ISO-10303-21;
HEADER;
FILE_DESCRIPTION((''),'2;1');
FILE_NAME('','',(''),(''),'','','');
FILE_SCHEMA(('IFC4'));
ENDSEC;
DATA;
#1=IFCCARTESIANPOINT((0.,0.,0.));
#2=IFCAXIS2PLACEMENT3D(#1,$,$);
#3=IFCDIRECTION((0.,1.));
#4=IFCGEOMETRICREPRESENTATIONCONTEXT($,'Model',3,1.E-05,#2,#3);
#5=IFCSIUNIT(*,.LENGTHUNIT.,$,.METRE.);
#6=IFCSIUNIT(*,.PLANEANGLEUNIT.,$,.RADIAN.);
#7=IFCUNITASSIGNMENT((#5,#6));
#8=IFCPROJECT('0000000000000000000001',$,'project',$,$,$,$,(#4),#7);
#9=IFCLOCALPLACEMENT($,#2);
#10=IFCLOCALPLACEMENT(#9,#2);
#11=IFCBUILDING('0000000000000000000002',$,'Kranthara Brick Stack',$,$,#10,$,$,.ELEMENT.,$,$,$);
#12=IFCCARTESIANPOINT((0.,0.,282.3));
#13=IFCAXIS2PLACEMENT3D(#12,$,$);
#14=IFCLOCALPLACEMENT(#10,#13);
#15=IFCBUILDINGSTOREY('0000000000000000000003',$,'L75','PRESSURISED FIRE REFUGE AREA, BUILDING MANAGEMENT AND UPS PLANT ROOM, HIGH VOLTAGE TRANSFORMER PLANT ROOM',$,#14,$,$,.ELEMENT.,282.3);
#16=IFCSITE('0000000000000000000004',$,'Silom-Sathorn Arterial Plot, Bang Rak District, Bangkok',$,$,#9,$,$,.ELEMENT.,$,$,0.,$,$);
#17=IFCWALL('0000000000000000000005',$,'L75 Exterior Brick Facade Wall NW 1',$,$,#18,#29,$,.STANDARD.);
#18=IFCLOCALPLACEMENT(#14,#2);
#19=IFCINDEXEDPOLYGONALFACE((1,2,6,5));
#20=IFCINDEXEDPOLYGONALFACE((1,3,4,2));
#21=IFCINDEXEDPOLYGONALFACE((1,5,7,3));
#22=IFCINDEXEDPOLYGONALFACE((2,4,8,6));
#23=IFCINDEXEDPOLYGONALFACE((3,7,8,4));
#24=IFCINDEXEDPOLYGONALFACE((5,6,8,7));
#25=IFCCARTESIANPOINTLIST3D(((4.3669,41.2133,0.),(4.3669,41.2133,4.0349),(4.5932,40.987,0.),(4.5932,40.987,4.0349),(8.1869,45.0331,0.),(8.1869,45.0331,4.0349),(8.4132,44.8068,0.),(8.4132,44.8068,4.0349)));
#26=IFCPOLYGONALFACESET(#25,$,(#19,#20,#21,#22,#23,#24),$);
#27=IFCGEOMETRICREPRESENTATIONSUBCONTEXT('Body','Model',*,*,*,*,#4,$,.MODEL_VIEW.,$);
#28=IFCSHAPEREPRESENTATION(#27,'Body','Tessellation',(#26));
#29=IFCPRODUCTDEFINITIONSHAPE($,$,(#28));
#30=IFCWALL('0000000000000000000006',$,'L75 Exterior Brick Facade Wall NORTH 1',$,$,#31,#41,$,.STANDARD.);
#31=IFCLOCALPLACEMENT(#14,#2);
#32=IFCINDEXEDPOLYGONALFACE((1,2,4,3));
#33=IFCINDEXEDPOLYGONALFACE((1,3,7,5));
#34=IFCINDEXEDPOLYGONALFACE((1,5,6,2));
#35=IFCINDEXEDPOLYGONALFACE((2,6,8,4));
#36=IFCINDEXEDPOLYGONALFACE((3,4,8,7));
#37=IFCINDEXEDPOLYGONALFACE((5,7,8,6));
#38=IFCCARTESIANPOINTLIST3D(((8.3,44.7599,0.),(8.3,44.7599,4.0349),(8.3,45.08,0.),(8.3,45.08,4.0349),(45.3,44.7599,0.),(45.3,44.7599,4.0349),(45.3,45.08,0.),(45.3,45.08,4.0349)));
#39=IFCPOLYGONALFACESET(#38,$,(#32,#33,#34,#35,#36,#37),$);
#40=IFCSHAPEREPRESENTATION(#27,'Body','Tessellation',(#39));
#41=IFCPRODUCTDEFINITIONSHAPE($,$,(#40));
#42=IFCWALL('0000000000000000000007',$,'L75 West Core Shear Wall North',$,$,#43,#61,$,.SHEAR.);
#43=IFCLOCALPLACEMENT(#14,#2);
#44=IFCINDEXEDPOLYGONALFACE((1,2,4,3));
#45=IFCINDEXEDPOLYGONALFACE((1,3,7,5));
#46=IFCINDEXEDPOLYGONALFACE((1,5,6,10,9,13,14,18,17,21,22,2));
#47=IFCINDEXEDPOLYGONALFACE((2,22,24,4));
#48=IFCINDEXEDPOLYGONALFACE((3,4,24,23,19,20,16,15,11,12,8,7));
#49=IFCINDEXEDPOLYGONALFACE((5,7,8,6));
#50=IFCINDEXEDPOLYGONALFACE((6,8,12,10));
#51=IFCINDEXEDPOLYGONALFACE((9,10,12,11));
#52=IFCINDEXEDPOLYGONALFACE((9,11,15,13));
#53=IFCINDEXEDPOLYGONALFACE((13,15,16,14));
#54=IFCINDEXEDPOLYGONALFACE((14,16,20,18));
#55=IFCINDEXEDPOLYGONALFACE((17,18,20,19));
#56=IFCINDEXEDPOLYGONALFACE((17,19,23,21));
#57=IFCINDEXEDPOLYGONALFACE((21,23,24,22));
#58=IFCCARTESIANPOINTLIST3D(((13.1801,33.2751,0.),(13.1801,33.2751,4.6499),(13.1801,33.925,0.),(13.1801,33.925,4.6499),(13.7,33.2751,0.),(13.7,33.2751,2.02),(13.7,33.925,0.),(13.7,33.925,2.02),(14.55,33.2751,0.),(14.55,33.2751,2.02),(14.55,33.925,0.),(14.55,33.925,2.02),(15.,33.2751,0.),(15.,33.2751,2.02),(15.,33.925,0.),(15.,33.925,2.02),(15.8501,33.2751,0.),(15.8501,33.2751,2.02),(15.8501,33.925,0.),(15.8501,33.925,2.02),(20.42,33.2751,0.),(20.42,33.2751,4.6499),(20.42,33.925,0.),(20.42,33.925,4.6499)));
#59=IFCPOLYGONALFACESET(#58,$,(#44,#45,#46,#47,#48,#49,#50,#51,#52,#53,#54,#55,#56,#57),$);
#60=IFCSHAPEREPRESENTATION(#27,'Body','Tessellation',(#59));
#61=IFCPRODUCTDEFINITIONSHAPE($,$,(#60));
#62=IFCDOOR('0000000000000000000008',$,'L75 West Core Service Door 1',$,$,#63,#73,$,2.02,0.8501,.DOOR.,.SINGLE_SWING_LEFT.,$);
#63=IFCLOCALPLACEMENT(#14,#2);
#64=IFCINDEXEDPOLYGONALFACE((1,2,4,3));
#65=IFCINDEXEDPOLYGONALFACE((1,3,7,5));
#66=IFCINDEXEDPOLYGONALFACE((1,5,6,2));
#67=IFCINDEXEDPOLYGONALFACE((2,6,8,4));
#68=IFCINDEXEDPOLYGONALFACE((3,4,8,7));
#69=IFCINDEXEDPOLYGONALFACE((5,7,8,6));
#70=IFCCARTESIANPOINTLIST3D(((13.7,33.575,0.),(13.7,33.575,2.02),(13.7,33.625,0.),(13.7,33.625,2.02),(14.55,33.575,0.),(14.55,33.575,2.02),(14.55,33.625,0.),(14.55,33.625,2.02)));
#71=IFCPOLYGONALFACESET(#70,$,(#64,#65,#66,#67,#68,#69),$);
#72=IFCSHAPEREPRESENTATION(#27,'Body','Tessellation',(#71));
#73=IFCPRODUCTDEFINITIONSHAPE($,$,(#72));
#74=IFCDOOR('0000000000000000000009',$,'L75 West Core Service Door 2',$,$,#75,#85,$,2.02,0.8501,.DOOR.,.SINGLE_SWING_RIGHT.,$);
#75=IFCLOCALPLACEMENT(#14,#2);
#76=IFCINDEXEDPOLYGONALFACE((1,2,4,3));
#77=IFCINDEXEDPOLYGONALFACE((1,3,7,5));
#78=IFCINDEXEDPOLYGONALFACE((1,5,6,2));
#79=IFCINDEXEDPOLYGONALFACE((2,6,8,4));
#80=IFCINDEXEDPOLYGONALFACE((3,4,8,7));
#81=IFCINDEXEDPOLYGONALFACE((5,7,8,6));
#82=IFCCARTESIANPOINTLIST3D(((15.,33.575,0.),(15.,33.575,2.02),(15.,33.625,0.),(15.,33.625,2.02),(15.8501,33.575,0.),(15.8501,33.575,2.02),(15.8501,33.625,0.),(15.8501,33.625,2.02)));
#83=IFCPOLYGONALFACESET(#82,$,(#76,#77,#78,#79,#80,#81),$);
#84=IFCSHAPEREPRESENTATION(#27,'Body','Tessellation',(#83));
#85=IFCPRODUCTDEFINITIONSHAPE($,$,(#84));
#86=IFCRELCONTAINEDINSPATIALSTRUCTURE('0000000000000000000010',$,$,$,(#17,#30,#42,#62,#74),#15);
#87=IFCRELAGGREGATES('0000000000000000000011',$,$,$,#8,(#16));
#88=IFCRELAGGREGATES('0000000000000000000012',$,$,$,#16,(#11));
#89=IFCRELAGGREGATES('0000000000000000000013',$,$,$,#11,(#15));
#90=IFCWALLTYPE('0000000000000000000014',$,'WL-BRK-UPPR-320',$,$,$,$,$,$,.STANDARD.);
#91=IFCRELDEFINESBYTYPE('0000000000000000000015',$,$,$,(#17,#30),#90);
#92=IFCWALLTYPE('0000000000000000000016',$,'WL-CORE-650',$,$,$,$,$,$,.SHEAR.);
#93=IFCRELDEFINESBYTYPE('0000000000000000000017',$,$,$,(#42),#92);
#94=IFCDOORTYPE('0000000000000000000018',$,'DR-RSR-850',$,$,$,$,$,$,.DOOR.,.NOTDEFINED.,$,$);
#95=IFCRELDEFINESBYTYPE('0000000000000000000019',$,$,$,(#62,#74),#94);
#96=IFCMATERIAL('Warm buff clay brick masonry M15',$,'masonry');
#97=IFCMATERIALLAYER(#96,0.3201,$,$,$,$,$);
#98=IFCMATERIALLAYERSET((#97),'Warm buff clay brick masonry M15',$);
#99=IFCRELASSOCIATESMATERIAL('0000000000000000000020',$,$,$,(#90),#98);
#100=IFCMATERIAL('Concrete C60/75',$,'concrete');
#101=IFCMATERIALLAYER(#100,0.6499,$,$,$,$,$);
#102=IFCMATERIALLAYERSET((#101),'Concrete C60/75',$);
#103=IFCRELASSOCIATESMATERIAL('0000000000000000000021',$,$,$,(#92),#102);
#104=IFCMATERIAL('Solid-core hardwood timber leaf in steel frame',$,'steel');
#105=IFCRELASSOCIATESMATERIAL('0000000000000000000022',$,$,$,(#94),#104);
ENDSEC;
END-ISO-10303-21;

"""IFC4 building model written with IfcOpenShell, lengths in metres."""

from ifc_helpers import new_model, si_unit, direction, frame, frame_2d, origin, place, context, subcontext, project, spatial, rectangle, extrude, material, layer, layer_set, type_object, element, fill, save


model = new_model("IFC4")

# Units and contexts
model_context = context("Model", 3, precision=1e-05, world=origin(), true_north=direction((0.0, 1.0)))
body_context = subcontext(model_context, "Body", "Model", "MODEL_VIEW")
ifc_project = project(units=[si_unit("LENGTHUNIT", "METRE"), si_unit("PLANEANGLEUNIT", "RADIAN")], contexts=[model_context])

# Site, building, storey
site_placement = place(None, origin())
site = spatial("IfcSite", under=ifc_project, at=site_placement, Name="Silom-Sathorn Arterial Plot, Bang Rak District, Bangkok", CompositionType="ELEMENT", RefElevation=0.0)
building_placement = place(site_placement, origin())
building = spatial("IfcBuilding", under=site, at=building_placement, Name="Kranthara Brick Stack", CompositionType="ELEMENT")
storey_placement = place(building_placement, frame((0.0, 0.0, 282.3)))
storey = spatial("IfcBuildingStorey", under=building, at=storey_placement, Name="L75", Description="PRESSURISED FIRE REFUGE AREA, BUILDING MANAGEMENT AND UPS PLANT ROOM, HIGH VOLTAGE TRANSFORMER PLANT ROOM", CompositionType="ELEMENT", Elevation=282.3)

# Walls
ifc_material_1 = material(Name="Warm buff clay brick masonry M15", Category="masonry")
ifc_layer_1 = layer(ifc_material_1, 0.3201)
ifc_layer_set_1 = layer_set([ifc_layer_1], Name="Warm buff clay brick masonry M15")
wall_type_1 = type_object("IfcWallType", Name="WL-BRK-UPPR-320", PredefinedType="STANDARD", material=ifc_layer_set_1)
wall_1_placement = place(storey_placement, frame((4.48, 41.1001, 0.0), z_axis=(0.0, 0.0, 1.0), x_axis=(0.707129, 0.707084, 0.0)))
element("IfcWall", 1, at=wall_1_placement, inside=storey, type_object=wall_type_1, Name="L75 Exterior Brick Facade Wall NW 1", PredefinedType="STANDARD", context=body_context, shape_type="SweptSolid", body=[
    extrude(rectangle(XDim=5.4021, YDim=0.3201, at=frame_2d((2.7012, 0.0))), origin(), (0.0, 0.0, 1.0), 4.0349),
])
wall_2_placement = place(storey_placement, frame((8.3, 44.9199, 0.0), z_axis=(0.0, 0.0, 1.0), x_axis=(1.0, 0.0, 0.0)))
element("IfcWall", 2, at=wall_2_placement, inside=storey, type_object=wall_type_1, Name="L75 Exterior Brick Facade Wall NORTH 1", PredefinedType="STANDARD", context=body_context, shape_type="SweptSolid", body=[
    extrude(rectangle(XDim=37.0, YDim=0.3201, at=frame_2d((18.5, 0.0))), origin(), (0.0, 0.0, 1.0), 4.0349),
])

# Wall, openings, doors
ifc_material_2 = material(Name="Concrete C60/75", Category="concrete")
ifc_layer_2 = layer(ifc_material_2, 0.6499)
ifc_layer_set_2 = layer_set([ifc_layer_2], Name="Concrete C60/75")
wall_type_2 = type_object("IfcWallType", Name="WL-CORE-650", PredefinedType="SHEAR", material=ifc_layer_set_2)
wall_3_placement = place(storey_placement, frame((13.1799, 33.6001, 0.0), z_axis=(0.0, 0.0, 1.0), x_axis=(1.0, 0.0, 0.0)))
wall_3 = element("IfcWall", 3, at=wall_3_placement, inside=storey, type_object=wall_type_2, Name="L75 West Core Shear Wall North", PredefinedType="SHEAR", context=body_context, shape_type="SweptSolid", body=[
    extrude(rectangle(XDim=7.24, YDim=0.6499, at=frame_2d((3.6201, 0.0))), origin(), (0.0, 0.0, 1.0), 4.6499),
])
opening_1_placement = place(wall_3_placement, frame((0.52, 0.0, 0.0)))
opening_1 = element("IfcOpeningElement", 4, at=opening_1_placement, cuts=wall_3, PredefinedType="OPENING", context=body_context, shape_type="SweptSolid", body=[
    extrude(rectangle(XDim=0.8501, YDim=2.02, at=frame_2d((0.425, 1.01))), frame((0.0, 0.335, 0.0), z_axis=(0.0, -1.0, 0.0), x_axis=(1.0, 0.0, 0.0)), (0.0, 0.0, 1.0), 0.6699),
])
opening_2_placement = place(wall_3_placement, frame((1.8201, 0.0, 0.0)))
opening_2 = element("IfcOpeningElement", 5, at=opening_2_placement, cuts=wall_3, PredefinedType="OPENING", context=body_context, shape_type="SweptSolid", body=[
    extrude(rectangle(XDim=0.8501, YDim=2.02, at=frame_2d((0.425, 1.01))), frame((0.0, 0.335, 0.0), z_axis=(0.0, -1.0, 0.0), x_axis=(1.0, 0.0, 0.0)), (0.0, 0.0, 1.0), 0.6699),
])
ifc_material_3 = material(Name="Solid-core hardwood timber leaf in steel frame", Category="steel")
door_type_1 = type_object("IfcDoorType", Name="DR-RSR-850", OperationType="NOTDEFINED", PredefinedType="DOOR", material=ifc_material_3)
door_1_placement = place(opening_1_placement, origin())
door_1 = element("IfcDoor", 6, at=door_1_placement, inside=storey, type_object=door_type_1, Name="L75 West Core Service Door 1", OperationType="SINGLE_SWING_LEFT", OverallHeight=2.02, OverallWidth=0.8501, PredefinedType="DOOR", context=body_context, shape_type="SweptSolid", body=[
    extrude(rectangle(XDim=0.8501, YDim=2.02, at=frame_2d((0.425, 1.01))), frame((0.0, 0.0249, 0.0), z_axis=(0.0, -1.0, 0.0), x_axis=(1.0, 0.0, 0.0)), (0.0, 0.0, 1.0), 0.05),
])
fill(opening_1, door_1)
door_2_placement = place(opening_2_placement, origin())
door_2 = element("IfcDoor", 7, at=door_2_placement, inside=storey, type_object=door_type_1, Name="L75 West Core Service Door 2", OperationType="SINGLE_SWING_RIGHT", OverallHeight=2.02, OverallWidth=0.8501, PredefinedType="DOOR", context=body_context, shape_type="SweptSolid", body=[
    extrude(rectangle(XDim=0.8501, YDim=2.02, at=frame_2d((0.425, 1.01))), frame((0.0, 0.0249, 0.0), z_axis=(0.0, -1.0, 0.0), x_axis=(1.0, 0.0, 0.0)), (0.0, 0.0, 1.0), 0.05),
])
fill(opening_2, door_2)

save(model, "model.ifc")
